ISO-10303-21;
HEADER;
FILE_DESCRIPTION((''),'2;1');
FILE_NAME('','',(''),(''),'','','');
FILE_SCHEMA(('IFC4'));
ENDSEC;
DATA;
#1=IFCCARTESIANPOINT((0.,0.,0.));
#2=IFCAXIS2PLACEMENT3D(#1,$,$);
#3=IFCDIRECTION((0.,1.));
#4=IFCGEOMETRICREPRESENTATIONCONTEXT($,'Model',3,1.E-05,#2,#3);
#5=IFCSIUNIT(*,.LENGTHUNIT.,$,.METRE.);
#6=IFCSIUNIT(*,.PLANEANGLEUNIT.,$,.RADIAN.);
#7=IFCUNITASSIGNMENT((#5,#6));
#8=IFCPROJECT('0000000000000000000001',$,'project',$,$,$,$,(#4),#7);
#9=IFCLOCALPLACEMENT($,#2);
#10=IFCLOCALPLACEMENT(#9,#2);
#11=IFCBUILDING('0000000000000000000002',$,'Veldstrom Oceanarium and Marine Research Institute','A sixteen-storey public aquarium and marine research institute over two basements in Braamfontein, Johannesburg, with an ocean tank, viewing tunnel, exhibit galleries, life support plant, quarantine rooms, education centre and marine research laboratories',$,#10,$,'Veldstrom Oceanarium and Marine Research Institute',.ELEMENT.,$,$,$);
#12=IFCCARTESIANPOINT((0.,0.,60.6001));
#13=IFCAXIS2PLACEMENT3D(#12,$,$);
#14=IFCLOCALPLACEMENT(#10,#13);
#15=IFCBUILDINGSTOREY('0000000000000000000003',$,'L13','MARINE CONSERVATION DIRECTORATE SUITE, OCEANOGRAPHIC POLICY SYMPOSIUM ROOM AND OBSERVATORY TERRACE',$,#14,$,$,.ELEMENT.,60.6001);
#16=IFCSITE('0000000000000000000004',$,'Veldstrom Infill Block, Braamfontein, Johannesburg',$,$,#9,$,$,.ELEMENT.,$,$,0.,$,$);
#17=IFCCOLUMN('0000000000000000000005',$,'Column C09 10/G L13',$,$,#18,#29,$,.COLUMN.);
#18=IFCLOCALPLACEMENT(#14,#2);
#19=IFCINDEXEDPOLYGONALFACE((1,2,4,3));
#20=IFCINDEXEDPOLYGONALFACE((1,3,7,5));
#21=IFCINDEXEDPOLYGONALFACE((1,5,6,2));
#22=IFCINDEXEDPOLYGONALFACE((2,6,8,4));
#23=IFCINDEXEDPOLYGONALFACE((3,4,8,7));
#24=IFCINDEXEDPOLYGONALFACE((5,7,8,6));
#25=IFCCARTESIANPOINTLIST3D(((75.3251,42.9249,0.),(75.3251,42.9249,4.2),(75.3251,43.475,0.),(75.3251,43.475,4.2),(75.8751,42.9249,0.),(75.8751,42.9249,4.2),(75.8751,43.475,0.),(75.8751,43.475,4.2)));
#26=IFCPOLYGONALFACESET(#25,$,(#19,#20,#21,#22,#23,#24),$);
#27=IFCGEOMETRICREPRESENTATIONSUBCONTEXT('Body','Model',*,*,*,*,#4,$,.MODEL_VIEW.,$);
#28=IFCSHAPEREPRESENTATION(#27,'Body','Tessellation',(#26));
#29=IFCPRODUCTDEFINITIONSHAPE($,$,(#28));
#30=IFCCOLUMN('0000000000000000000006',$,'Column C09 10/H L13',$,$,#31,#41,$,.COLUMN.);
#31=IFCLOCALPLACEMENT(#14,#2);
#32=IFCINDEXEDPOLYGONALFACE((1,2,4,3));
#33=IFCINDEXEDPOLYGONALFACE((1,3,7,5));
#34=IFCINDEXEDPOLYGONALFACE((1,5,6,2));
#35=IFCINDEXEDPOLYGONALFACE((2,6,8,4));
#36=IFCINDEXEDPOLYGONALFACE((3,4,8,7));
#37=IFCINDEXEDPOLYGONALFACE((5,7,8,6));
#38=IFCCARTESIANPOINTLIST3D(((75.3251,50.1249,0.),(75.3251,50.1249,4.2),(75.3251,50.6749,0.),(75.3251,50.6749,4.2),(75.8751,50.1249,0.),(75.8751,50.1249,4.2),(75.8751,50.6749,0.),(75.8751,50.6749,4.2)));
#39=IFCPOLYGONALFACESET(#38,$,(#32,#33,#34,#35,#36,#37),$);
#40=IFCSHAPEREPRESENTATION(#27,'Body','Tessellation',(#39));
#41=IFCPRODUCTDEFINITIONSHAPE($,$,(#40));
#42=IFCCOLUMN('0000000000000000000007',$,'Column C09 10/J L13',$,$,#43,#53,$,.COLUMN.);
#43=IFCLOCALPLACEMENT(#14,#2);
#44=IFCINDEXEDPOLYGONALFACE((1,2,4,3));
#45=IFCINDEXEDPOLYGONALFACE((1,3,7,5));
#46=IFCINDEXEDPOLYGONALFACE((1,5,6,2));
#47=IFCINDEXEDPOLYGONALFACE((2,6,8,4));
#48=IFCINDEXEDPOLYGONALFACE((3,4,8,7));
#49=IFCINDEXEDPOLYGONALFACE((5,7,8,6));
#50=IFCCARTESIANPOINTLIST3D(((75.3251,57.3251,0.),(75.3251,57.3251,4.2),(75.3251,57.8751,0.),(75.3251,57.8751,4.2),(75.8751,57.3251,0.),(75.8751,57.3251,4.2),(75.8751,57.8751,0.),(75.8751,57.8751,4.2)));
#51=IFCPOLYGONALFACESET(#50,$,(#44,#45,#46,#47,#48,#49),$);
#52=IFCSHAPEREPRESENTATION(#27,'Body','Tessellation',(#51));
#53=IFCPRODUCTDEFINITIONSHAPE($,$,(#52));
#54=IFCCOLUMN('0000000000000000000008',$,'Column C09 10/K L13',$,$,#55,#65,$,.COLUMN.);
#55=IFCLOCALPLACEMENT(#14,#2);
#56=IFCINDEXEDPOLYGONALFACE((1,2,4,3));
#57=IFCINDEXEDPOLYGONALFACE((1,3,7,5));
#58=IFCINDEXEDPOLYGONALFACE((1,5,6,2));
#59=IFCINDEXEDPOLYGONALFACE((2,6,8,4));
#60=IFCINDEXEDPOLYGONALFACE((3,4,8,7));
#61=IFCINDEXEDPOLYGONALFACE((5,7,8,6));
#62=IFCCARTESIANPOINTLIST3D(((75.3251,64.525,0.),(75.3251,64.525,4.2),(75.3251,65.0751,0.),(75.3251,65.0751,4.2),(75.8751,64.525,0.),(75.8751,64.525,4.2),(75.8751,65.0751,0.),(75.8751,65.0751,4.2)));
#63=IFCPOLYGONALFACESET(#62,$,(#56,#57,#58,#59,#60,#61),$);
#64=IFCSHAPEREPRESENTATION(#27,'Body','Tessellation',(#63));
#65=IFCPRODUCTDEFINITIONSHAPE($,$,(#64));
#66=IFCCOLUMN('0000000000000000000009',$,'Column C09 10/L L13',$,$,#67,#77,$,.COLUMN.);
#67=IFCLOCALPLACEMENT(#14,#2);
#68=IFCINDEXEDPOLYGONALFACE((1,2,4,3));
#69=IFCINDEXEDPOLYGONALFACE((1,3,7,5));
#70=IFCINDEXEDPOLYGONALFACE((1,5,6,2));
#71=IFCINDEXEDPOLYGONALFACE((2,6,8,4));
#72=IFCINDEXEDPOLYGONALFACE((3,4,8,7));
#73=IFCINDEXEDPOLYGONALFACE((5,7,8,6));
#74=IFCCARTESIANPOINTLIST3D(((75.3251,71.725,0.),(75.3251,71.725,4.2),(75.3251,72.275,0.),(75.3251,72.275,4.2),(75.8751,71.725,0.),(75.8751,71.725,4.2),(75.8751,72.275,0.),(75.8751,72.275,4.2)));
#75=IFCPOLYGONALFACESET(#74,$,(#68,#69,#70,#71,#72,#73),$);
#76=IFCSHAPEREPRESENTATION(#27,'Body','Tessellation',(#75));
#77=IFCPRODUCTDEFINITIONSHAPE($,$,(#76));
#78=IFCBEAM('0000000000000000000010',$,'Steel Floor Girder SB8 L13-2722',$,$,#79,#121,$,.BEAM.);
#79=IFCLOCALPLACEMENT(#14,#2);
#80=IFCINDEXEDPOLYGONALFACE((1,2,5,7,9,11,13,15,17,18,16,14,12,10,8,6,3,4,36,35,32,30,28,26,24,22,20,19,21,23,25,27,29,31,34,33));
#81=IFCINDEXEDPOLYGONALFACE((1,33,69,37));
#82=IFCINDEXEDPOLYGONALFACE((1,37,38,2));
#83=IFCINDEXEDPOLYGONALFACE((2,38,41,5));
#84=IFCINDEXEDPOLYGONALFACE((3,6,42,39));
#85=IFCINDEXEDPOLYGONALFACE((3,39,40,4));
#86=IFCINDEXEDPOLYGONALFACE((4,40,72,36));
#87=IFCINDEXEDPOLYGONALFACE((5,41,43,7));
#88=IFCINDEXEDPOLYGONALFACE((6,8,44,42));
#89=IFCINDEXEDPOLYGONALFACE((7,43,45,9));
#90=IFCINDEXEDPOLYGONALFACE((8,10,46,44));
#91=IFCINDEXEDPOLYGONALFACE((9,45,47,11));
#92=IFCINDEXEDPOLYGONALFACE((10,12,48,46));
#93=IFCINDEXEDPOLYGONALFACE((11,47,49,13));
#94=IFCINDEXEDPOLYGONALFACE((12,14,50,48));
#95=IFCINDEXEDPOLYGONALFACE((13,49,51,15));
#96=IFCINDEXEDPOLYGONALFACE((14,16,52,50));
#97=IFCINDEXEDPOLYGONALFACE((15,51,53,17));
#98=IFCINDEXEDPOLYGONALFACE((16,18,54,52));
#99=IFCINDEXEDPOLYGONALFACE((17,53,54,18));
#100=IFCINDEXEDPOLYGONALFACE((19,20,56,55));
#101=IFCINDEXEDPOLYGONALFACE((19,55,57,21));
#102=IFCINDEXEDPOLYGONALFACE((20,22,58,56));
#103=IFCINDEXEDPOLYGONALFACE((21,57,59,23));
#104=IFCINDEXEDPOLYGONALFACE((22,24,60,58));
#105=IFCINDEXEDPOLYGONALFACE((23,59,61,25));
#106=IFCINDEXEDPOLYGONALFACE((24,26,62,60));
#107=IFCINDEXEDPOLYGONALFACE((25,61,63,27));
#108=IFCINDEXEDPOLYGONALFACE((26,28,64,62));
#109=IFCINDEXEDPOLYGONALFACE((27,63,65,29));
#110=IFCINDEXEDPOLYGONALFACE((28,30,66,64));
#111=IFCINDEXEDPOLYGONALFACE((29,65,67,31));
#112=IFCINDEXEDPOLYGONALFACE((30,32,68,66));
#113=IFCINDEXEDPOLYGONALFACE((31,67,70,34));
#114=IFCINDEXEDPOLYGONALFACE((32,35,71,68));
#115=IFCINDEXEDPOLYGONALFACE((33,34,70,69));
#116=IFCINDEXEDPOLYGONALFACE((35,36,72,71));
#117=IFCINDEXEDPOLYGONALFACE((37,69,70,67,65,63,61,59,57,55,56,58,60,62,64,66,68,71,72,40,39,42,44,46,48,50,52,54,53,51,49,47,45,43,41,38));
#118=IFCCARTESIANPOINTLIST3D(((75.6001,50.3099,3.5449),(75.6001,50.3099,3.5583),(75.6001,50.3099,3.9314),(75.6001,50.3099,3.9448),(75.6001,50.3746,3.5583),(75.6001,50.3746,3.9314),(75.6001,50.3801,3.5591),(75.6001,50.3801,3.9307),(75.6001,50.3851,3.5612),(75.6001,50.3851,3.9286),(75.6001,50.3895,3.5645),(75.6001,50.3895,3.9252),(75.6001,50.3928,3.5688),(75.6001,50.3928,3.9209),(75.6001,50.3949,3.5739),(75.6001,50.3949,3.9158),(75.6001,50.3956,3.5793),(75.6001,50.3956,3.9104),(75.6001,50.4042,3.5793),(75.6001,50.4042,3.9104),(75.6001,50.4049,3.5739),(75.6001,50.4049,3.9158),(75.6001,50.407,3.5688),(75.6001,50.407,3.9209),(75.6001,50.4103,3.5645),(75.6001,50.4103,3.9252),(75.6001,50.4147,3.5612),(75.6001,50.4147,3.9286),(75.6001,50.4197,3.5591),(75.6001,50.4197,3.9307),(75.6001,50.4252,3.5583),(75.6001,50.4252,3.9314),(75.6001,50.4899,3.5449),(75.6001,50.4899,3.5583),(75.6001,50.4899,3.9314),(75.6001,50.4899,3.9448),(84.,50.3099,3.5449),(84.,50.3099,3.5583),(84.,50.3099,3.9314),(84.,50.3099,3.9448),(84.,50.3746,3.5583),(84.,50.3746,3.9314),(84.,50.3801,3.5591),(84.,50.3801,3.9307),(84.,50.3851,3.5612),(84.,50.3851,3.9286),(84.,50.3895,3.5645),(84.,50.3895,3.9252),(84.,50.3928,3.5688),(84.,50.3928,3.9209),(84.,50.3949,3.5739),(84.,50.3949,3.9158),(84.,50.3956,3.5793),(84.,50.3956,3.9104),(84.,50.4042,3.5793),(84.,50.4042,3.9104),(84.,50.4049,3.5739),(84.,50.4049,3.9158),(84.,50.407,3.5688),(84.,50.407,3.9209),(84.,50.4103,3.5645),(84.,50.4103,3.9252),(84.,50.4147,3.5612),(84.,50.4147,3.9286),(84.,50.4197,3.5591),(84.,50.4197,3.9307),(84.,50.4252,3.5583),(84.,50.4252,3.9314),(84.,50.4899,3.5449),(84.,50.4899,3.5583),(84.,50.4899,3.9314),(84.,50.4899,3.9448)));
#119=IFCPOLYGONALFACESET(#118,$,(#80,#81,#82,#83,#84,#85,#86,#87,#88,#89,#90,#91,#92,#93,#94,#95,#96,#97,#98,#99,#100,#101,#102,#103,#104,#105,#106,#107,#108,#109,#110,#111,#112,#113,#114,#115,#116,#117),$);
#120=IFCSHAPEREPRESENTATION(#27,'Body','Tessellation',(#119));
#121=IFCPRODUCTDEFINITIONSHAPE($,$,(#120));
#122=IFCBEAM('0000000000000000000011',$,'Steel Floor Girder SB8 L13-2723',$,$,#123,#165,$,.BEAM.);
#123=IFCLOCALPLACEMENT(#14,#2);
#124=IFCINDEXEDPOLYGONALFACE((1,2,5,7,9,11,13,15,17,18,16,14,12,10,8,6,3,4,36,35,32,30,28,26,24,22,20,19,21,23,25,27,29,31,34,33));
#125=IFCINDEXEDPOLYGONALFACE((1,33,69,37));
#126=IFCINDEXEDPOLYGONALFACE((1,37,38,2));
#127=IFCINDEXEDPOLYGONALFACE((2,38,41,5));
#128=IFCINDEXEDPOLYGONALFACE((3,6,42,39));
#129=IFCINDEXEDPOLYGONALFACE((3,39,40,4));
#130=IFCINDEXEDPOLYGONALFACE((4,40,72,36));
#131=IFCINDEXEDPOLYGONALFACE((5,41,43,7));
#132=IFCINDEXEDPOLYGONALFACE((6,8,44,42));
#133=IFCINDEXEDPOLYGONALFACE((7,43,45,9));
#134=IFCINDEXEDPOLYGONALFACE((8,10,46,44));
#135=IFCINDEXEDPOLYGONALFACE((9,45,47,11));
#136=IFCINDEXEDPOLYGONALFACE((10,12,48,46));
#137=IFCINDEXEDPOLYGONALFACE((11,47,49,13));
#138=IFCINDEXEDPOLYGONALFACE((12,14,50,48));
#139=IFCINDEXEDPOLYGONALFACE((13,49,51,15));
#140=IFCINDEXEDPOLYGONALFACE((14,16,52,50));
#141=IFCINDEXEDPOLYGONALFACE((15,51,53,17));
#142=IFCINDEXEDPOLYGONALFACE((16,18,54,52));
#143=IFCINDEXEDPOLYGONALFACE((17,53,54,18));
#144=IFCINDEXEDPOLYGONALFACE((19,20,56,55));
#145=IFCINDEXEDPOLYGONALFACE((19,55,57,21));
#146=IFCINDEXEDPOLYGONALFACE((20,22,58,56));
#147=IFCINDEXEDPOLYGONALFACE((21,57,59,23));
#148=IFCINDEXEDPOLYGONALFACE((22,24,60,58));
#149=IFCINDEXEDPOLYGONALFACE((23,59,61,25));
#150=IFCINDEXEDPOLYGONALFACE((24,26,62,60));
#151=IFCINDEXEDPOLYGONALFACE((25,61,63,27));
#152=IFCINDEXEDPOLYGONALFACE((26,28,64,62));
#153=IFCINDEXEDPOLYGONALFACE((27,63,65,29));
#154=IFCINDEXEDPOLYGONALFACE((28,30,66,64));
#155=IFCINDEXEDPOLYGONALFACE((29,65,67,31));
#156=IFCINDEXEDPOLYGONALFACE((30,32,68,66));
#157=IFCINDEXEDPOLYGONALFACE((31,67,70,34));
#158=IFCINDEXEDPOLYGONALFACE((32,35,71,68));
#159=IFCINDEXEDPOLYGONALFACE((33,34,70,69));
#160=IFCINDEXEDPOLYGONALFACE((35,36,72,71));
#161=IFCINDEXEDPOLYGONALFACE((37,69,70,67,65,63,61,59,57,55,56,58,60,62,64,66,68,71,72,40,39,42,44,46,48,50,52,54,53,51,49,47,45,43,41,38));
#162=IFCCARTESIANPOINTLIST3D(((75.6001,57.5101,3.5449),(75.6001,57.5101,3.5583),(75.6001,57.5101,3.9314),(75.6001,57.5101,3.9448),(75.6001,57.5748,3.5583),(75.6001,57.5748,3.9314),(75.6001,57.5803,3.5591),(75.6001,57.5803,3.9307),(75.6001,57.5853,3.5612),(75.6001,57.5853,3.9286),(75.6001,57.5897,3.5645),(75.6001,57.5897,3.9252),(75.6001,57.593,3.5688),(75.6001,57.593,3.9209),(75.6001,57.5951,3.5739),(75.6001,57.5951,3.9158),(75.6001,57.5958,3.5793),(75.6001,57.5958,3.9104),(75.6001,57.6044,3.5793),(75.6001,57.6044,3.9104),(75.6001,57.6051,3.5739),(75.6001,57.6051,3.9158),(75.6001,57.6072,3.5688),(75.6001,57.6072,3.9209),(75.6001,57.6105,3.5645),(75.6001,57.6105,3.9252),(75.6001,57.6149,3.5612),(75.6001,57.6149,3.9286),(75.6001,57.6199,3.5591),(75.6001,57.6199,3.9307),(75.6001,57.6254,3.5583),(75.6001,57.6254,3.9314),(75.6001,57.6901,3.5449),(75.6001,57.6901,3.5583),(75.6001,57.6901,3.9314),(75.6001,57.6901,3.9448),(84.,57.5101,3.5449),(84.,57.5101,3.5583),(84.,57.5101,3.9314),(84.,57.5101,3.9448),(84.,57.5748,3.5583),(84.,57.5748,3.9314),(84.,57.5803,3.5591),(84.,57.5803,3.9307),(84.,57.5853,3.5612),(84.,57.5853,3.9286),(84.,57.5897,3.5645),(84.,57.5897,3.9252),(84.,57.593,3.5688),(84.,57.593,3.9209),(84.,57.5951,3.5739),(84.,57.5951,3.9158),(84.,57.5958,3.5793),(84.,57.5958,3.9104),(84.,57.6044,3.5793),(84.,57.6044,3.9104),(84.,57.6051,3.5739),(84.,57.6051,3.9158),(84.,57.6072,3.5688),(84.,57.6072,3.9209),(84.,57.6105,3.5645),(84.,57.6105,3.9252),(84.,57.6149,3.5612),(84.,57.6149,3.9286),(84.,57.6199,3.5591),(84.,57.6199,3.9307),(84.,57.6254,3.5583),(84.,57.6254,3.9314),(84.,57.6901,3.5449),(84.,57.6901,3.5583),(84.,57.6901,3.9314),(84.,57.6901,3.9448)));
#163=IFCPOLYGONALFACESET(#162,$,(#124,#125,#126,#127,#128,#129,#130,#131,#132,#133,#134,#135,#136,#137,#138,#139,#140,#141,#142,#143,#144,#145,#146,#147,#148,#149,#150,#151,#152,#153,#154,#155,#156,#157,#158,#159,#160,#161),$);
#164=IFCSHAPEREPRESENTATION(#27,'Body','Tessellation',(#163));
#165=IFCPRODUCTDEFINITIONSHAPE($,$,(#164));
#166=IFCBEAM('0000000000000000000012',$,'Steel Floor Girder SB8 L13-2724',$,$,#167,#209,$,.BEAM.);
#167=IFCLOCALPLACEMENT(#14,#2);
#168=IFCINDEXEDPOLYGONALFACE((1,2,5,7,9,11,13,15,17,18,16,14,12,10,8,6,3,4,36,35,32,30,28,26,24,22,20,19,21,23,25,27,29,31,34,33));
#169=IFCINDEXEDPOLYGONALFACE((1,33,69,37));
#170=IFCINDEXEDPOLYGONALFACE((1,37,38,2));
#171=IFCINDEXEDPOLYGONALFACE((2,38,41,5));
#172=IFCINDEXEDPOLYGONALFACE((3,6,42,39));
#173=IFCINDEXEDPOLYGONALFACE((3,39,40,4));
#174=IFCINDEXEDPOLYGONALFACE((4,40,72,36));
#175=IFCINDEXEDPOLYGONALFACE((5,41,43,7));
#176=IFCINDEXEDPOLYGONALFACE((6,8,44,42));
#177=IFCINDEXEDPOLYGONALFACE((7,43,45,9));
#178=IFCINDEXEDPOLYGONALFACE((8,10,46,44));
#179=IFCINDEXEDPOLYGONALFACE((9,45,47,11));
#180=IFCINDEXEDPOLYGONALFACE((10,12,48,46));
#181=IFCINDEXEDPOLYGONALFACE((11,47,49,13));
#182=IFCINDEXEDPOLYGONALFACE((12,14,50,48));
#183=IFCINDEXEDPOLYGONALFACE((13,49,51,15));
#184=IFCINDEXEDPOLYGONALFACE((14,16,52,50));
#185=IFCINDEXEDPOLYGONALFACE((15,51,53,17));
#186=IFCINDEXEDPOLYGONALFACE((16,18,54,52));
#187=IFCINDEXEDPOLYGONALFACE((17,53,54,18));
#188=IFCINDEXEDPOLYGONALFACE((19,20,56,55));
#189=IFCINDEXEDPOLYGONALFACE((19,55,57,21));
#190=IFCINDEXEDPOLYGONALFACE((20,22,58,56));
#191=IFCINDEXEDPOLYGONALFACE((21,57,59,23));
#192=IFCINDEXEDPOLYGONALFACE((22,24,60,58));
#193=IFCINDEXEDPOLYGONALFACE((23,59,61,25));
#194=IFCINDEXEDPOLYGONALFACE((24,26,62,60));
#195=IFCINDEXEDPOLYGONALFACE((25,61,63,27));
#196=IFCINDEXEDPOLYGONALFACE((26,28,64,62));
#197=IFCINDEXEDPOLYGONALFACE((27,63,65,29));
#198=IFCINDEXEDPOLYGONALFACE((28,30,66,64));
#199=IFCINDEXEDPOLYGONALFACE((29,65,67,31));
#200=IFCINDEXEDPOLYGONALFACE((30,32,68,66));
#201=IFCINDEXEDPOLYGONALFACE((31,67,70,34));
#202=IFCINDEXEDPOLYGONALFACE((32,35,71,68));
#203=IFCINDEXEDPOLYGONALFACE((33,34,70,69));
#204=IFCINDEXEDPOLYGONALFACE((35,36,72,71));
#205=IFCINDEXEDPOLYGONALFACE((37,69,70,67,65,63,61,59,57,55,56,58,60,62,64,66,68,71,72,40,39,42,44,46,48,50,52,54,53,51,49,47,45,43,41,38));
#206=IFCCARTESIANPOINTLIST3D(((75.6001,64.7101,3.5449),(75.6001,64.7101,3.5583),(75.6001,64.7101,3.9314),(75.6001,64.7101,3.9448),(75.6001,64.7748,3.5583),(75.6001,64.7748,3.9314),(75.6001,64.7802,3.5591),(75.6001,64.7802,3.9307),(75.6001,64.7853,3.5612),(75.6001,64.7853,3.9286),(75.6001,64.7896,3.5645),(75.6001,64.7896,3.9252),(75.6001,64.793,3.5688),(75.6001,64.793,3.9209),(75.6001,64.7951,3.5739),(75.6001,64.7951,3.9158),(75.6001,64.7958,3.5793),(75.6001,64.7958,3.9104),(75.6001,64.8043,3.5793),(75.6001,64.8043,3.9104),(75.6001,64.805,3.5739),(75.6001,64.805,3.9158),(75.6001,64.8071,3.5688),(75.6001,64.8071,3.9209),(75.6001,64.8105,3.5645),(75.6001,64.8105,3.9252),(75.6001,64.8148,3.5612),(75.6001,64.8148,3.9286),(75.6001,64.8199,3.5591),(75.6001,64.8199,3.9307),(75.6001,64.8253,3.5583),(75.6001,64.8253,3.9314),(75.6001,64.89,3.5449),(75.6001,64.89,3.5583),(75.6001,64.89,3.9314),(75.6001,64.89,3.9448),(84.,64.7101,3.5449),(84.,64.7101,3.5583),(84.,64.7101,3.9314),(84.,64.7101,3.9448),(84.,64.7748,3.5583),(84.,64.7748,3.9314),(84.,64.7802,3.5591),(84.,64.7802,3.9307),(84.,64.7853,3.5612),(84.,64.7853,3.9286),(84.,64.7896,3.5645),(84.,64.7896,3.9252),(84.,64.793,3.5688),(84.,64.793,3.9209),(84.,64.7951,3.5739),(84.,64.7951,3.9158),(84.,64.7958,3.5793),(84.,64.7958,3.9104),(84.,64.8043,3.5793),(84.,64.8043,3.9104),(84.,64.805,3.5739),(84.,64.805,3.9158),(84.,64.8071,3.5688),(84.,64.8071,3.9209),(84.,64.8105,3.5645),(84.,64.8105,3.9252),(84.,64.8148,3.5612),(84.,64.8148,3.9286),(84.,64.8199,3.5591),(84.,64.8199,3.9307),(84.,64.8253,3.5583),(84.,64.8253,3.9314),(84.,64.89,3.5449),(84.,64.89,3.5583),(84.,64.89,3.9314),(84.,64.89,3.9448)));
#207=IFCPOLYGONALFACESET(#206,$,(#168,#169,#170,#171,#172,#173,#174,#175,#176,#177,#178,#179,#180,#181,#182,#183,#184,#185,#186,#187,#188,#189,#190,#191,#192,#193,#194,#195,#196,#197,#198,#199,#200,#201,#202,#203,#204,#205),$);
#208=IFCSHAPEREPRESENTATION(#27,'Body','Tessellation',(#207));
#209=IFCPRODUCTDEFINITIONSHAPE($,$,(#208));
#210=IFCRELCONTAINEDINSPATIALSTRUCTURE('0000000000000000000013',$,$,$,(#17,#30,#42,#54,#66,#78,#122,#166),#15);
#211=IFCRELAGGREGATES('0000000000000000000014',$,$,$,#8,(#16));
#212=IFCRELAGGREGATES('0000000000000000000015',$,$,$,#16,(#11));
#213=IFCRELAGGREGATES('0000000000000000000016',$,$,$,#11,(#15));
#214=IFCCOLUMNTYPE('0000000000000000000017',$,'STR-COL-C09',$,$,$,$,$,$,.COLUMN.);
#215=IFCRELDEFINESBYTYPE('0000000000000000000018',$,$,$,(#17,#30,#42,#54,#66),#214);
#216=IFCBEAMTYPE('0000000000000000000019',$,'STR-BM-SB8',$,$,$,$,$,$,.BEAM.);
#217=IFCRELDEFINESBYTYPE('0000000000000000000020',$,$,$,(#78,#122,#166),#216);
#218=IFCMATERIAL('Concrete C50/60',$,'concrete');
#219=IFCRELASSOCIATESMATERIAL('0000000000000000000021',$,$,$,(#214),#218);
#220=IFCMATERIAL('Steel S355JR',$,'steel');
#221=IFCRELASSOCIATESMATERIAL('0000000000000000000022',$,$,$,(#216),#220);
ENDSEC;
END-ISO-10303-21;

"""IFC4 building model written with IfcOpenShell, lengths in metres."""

from ifc_helpers import new_model, si_unit, direction, frame, origin, origin_2d, place, context, subcontext, project, spatial, rectangle, i_section, extrude, material, material_profile, profile_set, type_object, element, save


model = new_model("IFC4")

# Units and contexts
model_context = context("Model", 3, precision=1e-05, world=origin(), true_north=direction((0.0, 1.0)))
body_context = subcontext(model_context, "Body", "Model", "MODEL_VIEW")
ifc_project = project(units=[si_unit("LENGTHUNIT", "METRE"), si_unit("PLANEANGLEUNIT", "RADIAN")], contexts=[model_context])

# Site, building, storey
site_placement = place(None, origin())
site = spatial("IfcSite", under=ifc_project, at=site_placement, Name="Veldstrom Infill Block, Braamfontein, Johannesburg", CompositionType="ELEMENT", RefElevation=0.0)
building_placement = place(site_placement, origin())
building = spatial("IfcBuilding", under=site, at=building_placement, Name="Veldstrom Oceanarium and Marine Research Institute", Description="A sixteen-storey public aquarium and marine research institute over two basements in Braamfontein, Johannesburg, with an ocean tank, viewing tunnel, exhibit galleries, life support plant, quarantine rooms, education centre and marine research laboratories", LongName="Veldstrom Oceanarium and Marine Research Institute", CompositionType="ELEMENT")
storey_placement = place(building_placement, frame((0.0, 0.0, 60.6001)))
storey = spatial("IfcBuildingStorey", under=building, at=storey_placement, Name="L13", Description="MARINE CONSERVATION DIRECTORATE SUITE, OCEANOGRAPHIC POLICY SYMPOSIUM ROOM AND OBSERVATORY TERRACE", CompositionType="ELEMENT", Elevation=60.6001)

# Columns
ifc_material_1 = material(Name="Concrete C50/60", Category="concrete")
ifc_material_profile_1 = material_profile(ifc_material_1, rectangle(XDim=0.55, YDim=0.55, at=origin_2d()), Name="RC-COL-550x550")
ifc_profile_set_1 = profile_set([ifc_material_profile_1], Name="Concrete C50/60")
column_type = type_object("IfcColumnType", Name="STR-COL-C09", PredefinedType="COLUMN", material=ifc_profile_set_1)
for number, where, z_axis, x_axis, name in (
    (1, (75.6001, 43.2, 0.0), (0.0, 0.0, 1.0), (1.0, 0.0, 0.0), "Column C09 10/G L13"),
    (2, (75.6001, 50.3999, 0.0), (0.0, 0.0, 1.0), (1.0, 0.0, 0.0), "Column C09 10/H L13"),
    (3, (75.6001, 57.6001, 0.0), (0.0, 0.0, 1.0), (1.0, 0.0, 0.0), "Column C09 10/J L13"),
    (4, (75.6001, 64.8, 0.0), (0.0, 0.0, 1.0), (1.0, 0.0, 0.0), "Column C09 10/K L13"),
    (5, (75.6001, 72.0, 0.0), (0.0, 0.0, 1.0), (1.0, 0.0, 0.0), "Column C09 10/L L13"),
):
    element("IfcColumn", number, at=place(storey_placement, frame(where, z_axis=z_axis, x_axis=x_axis)), inside=storey, type_object=column_type, Name=name, PredefinedType="COLUMN", context=body_context, shape_type="SweptSolid", body=[
        extrude(rectangle(XDim=0.55, YDim=0.55, at=origin_2d()), origin(), (0.0, 0.0, 1.0), 4.2),
    ])

# Beams
ifc_material_2 = material(Name="Steel S355JR", Category="steel")
ifc_material_profile_2 = material_profile(ifc_material_2, i_section(OverallWidth=0.1799, OverallDepth=0.3999, WebThickness=0.0085, FlangeThickness=0.0134, FilletRadius=0.021, at=origin_2d()), Name="IPE 400")
ifc_profile_set_2 = profile_set([ifc_material_profile_2], Name="Steel S355JR")
beam_type_1 = type_object("IfcBeamType", Name="STR-BM-SB8", PredefinedType="BEAM", material=ifc_profile_set_2)
for number, where, z_axis, x_axis, name in (
    (6, (75.6001, 50.3999, 3.7449), (1.0, 0.0, 0.0), (0.0, 1.0, 0.0), "Steel Floor Girder SB8 L13-2722"),
    (7, (75.6001, 57.6001, 3.7449), (1.0, 0.0, 0.0), (0.0, 1.0, 0.0), "Steel Floor Girder SB8 L13-2723"),
    (8, (75.6001, 64.8, 3.7449), (1.0, 0.0, 0.0), (0.0, 1.0, 0.0), "Steel Floor Girder SB8 L13-2724"),
):
    element("IfcBeam", number, at=place(storey_placement, frame(where, z_axis=z_axis, x_axis=x_axis)), inside=storey, type_object=beam_type_1, Name=name, PredefinedType="BEAM", context=body_context, shape_type="SweptSolid", body=[
        extrude(i_section(OverallWidth=0.1799, OverallDepth=0.3999, WebThickness=0.0085, FlangeThickness=0.0134, FilletRadius=0.021, at=origin_2d()), origin(), (0.0, 0.0, 1.0), 8.3999),
    ])

save(model, "model.ifc")
